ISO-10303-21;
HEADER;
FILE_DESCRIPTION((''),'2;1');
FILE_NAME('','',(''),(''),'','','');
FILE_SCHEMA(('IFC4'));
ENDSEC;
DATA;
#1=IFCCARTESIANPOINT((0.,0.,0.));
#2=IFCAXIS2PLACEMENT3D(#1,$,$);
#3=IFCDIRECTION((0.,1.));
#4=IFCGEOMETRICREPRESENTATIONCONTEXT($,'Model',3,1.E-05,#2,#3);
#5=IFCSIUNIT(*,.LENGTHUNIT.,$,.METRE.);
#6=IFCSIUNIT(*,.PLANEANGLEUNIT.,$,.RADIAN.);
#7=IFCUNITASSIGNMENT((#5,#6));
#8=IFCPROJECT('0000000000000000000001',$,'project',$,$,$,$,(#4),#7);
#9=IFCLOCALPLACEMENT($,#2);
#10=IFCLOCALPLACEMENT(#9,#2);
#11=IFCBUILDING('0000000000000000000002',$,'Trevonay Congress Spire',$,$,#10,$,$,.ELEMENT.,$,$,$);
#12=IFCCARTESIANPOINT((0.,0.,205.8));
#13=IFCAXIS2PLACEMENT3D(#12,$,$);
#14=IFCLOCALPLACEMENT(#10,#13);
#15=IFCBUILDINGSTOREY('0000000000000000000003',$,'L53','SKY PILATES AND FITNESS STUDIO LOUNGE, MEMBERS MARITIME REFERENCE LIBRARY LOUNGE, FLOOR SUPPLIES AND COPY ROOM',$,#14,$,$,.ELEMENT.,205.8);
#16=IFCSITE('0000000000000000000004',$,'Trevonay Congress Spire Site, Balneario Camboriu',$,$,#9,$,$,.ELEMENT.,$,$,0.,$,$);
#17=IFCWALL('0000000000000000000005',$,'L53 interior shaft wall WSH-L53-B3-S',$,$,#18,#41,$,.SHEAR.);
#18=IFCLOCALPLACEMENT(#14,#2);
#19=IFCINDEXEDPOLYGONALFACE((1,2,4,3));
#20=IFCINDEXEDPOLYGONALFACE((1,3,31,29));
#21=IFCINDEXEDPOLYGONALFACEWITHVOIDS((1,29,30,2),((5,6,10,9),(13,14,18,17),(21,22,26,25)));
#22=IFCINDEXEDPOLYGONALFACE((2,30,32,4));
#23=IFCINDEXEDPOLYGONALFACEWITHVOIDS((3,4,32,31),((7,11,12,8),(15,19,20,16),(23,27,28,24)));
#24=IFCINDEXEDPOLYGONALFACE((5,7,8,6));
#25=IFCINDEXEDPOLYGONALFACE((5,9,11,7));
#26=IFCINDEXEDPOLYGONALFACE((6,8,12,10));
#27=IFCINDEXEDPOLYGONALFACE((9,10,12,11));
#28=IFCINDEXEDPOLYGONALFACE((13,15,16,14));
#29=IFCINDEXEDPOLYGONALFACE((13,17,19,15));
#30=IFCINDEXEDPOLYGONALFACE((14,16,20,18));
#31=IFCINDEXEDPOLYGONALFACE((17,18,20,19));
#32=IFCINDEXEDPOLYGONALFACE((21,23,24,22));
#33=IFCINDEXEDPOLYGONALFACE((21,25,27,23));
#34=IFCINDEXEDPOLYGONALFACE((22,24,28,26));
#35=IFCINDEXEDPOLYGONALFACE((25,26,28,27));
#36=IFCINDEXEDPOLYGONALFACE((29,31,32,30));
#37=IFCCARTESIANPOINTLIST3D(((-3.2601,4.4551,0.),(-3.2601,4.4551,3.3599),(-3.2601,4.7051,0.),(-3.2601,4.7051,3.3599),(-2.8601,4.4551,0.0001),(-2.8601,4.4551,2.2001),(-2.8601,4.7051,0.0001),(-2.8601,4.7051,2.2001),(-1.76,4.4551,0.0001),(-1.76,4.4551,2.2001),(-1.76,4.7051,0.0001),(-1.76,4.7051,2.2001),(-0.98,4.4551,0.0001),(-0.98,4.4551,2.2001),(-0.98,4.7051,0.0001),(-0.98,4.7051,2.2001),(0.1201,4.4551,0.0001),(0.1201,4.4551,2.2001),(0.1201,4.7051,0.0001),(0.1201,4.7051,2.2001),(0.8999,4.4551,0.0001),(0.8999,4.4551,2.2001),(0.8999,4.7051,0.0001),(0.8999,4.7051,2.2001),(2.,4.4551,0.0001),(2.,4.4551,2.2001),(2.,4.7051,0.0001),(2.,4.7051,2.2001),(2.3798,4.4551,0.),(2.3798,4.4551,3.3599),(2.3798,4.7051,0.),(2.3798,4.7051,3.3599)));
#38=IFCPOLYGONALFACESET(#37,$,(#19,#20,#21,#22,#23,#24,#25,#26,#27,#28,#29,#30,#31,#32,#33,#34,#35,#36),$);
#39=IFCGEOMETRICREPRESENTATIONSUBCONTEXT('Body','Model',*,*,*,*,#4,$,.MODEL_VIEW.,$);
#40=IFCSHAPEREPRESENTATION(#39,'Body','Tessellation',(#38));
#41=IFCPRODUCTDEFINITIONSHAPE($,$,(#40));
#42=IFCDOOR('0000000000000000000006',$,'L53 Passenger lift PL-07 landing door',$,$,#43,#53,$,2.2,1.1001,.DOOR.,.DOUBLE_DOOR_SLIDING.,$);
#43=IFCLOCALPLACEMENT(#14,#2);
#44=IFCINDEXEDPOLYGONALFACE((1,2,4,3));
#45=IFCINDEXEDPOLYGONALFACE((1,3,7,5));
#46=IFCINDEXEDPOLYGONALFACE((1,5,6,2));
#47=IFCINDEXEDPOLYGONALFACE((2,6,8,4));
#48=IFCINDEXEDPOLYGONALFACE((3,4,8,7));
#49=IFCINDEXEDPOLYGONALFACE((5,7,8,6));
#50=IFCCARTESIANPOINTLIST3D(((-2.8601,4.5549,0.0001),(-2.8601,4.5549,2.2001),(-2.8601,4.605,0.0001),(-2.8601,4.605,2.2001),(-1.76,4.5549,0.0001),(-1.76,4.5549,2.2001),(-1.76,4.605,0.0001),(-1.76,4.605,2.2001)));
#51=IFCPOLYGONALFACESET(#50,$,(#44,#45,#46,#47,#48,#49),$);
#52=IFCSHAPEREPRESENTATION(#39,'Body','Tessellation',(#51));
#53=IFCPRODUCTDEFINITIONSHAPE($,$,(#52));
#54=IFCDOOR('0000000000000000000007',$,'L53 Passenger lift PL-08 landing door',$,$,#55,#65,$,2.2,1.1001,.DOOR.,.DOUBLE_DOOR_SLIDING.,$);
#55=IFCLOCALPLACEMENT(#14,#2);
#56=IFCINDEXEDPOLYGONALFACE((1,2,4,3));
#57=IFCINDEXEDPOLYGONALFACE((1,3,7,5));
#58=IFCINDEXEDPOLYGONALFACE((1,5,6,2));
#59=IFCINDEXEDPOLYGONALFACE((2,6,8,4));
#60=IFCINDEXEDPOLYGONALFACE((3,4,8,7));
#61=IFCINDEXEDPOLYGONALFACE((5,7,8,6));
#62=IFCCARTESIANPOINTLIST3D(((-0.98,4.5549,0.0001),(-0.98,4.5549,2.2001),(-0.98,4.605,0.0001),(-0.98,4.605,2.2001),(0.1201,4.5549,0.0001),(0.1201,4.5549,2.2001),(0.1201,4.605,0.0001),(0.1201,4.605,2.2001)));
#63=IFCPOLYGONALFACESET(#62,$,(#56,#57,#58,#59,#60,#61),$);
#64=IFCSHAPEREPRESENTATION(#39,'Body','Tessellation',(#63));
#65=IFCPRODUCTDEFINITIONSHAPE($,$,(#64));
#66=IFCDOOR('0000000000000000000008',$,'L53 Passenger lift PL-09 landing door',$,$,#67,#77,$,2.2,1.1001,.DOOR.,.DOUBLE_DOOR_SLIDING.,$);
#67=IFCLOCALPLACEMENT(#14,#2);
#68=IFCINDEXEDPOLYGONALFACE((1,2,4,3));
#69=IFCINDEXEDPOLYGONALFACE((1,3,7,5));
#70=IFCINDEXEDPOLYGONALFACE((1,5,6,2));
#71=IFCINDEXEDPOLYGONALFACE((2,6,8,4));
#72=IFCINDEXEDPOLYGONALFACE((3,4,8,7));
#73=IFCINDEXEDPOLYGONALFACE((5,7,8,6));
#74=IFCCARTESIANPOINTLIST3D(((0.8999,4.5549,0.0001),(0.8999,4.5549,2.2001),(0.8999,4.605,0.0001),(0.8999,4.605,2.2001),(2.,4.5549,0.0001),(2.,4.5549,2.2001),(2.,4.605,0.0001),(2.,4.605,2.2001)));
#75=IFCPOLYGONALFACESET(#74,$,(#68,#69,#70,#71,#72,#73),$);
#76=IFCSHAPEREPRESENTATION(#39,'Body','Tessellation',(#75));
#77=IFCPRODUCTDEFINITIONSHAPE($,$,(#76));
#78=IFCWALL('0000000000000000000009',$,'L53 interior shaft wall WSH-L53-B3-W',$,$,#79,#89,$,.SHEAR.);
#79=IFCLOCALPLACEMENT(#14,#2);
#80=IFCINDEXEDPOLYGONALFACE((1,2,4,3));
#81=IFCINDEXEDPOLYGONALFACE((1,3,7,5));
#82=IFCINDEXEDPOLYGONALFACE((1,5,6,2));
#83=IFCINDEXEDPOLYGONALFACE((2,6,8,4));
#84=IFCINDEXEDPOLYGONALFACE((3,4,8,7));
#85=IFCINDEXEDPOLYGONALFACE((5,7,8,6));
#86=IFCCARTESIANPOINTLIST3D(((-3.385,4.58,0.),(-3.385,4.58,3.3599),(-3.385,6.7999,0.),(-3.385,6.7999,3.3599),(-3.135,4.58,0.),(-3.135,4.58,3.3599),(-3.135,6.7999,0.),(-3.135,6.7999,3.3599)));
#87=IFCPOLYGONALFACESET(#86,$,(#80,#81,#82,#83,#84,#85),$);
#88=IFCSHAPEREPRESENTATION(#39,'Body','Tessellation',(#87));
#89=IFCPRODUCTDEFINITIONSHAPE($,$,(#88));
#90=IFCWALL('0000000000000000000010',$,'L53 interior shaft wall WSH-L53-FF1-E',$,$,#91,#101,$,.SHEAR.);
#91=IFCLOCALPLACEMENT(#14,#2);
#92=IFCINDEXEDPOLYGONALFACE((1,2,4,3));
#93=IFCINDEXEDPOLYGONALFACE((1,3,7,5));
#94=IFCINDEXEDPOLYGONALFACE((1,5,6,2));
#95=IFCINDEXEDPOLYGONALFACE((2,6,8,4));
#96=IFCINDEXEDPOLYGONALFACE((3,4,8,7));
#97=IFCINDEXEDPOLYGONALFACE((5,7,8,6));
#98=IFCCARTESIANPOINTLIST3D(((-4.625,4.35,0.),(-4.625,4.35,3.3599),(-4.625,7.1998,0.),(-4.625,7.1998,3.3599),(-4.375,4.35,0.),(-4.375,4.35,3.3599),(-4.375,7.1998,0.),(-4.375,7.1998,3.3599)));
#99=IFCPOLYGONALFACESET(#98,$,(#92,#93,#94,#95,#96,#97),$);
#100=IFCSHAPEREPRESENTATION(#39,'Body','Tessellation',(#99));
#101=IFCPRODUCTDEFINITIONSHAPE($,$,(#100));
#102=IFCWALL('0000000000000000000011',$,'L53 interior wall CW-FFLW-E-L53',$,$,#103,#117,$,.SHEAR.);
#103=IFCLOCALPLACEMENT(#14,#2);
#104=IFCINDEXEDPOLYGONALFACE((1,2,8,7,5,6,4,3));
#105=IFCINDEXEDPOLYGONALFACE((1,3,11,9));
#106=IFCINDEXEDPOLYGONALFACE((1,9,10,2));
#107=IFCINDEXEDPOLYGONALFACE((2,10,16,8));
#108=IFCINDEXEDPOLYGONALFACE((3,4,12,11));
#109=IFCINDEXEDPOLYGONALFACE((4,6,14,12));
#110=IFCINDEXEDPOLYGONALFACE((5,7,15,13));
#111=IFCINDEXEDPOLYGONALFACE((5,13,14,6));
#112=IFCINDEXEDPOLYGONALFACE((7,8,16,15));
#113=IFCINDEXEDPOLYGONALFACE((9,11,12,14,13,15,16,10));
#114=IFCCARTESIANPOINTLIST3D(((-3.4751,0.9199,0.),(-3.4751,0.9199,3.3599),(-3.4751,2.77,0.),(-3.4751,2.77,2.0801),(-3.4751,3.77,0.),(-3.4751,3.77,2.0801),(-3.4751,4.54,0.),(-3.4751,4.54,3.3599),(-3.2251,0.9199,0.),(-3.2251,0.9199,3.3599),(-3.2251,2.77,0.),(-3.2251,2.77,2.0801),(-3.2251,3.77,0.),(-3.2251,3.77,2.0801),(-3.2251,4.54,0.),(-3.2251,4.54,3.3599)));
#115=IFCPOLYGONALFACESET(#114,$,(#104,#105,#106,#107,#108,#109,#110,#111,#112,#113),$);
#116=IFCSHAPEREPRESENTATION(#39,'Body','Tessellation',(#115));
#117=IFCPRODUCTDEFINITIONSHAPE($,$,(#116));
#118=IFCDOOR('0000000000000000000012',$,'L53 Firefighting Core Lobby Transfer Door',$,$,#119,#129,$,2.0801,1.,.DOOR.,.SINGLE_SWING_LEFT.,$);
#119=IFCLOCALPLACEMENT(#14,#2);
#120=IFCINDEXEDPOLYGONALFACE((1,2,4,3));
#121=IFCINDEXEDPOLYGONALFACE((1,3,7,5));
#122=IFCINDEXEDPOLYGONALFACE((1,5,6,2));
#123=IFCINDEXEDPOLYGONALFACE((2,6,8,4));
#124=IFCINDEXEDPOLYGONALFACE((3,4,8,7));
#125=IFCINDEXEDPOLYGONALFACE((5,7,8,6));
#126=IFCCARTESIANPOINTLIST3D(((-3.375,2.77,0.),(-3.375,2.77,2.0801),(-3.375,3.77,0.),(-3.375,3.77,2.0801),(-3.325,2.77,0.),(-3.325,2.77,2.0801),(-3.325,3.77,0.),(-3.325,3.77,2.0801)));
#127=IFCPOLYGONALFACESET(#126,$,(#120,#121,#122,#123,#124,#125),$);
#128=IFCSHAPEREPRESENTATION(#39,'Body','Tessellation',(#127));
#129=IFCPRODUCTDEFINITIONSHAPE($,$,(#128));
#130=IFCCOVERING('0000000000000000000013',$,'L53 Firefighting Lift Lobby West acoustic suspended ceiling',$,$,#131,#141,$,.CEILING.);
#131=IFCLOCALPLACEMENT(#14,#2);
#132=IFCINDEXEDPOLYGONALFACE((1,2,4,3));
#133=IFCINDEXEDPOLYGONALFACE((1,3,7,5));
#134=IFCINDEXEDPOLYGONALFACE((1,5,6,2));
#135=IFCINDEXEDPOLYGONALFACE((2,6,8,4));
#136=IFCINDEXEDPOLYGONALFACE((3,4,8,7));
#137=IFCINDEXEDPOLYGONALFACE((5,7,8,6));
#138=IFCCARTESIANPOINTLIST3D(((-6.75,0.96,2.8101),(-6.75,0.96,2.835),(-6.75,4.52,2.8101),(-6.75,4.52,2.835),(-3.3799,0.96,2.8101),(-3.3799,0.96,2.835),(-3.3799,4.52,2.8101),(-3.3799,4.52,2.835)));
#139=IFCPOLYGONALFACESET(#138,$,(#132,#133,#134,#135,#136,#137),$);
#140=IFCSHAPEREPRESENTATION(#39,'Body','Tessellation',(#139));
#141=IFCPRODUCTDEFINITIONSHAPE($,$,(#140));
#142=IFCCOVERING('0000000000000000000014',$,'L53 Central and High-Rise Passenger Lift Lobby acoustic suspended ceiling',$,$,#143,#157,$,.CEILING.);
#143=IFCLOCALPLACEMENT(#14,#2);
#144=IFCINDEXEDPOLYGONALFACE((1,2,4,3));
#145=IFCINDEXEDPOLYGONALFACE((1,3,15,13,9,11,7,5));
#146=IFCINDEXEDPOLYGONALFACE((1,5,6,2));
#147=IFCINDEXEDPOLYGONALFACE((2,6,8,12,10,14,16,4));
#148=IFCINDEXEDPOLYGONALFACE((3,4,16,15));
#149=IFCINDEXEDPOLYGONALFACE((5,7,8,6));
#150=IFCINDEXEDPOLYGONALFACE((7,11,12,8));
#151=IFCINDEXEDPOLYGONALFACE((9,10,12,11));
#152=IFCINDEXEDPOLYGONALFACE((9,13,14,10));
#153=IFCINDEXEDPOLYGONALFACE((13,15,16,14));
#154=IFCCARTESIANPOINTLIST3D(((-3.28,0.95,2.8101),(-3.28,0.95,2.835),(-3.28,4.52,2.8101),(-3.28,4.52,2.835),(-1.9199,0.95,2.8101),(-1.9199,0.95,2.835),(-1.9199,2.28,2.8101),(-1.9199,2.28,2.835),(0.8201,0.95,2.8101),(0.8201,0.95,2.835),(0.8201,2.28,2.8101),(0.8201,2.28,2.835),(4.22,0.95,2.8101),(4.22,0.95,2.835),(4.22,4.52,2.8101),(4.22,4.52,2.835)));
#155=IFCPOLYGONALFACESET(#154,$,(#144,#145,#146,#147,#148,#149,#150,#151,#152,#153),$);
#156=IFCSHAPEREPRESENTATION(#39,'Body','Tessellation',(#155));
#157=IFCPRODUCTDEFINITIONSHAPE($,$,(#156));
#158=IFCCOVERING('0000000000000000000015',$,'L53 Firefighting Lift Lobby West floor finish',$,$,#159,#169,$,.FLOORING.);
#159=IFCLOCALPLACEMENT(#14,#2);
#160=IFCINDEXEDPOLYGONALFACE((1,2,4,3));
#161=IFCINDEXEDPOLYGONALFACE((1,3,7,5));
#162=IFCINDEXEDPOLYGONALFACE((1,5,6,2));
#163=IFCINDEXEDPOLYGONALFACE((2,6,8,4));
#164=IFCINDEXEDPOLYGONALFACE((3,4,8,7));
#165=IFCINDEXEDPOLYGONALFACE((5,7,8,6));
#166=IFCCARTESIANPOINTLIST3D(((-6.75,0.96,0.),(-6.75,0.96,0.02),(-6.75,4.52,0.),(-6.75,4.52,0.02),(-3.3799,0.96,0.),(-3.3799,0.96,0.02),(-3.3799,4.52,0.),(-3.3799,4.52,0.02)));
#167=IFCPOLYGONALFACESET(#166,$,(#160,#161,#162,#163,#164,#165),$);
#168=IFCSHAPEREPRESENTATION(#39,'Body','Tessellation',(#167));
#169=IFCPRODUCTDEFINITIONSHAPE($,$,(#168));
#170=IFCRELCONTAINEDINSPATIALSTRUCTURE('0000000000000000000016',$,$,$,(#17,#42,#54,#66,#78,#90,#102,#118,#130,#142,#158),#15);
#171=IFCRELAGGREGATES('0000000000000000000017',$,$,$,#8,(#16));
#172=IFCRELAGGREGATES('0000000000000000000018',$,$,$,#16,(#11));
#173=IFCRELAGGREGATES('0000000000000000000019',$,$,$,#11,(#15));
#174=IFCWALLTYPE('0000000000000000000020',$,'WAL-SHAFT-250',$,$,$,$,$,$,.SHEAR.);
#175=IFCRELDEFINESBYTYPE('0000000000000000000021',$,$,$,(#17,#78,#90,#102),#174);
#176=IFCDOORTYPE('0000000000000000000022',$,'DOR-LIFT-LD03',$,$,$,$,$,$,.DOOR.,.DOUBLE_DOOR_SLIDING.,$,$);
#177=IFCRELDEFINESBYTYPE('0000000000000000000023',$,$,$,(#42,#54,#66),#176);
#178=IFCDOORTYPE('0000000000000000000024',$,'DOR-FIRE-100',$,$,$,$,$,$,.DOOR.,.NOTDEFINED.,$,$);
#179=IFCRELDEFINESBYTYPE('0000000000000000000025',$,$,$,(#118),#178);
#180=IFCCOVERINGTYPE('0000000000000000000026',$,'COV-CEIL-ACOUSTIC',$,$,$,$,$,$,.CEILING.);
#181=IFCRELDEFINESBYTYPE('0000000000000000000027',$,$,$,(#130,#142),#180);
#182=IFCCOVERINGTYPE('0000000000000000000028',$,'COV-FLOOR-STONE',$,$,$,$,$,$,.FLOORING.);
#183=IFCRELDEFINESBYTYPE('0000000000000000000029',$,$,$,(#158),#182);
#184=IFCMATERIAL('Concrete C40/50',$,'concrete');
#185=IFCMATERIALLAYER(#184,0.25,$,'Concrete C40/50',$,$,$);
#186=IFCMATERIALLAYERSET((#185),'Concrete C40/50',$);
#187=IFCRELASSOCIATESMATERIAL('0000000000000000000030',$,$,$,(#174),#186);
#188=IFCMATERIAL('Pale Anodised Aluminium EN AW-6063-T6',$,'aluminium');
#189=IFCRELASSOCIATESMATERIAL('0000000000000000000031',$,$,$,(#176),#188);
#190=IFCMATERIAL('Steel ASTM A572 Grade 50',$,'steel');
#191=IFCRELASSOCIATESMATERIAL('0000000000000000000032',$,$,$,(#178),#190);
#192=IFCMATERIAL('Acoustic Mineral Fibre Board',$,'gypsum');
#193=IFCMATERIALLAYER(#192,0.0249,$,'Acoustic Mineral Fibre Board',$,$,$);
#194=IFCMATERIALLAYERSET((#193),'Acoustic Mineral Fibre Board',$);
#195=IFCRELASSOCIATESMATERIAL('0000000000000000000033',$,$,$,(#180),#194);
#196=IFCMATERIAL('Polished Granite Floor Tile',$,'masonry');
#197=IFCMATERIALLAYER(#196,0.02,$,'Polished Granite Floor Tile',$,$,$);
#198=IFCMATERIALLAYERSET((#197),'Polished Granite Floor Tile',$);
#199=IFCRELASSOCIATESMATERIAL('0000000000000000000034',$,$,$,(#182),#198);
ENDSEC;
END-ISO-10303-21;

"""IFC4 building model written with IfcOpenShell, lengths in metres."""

from ifc_helpers import new_model, si_unit, direction, frame, frame_2d, origin, place, context, subcontext, project, spatial, polyline, rectangle, outline, extrude, material, layer, layer_set, type_object, element, fill, save


model = new_model("IFC4")

# Units and contexts
model_context = context("Model", 3, precision=1e-05, world=origin(), true_north=direction((0.0, 1.0)))
body_context = subcontext(model_context, "Body", "Model", "MODEL_VIEW")
ifc_project = project(units=[si_unit("LENGTHUNIT", "METRE"), si_unit("PLANEANGLEUNIT", "RADIAN")], contexts=[model_context])

# Site, building, storey
site_placement = place(None, origin())
site = spatial("IfcSite", under=ifc_project, at=site_placement, Name="Trevonay Congress Spire Site, Balneario Camboriu", CompositionType="ELEMENT", RefElevation=0.0)
building_placement = place(site_placement, origin())
building = spatial("IfcBuilding", under=site, at=building_placement, Name="Trevonay Congress Spire", CompositionType="ELEMENT")
storey_placement = place(building_placement, frame((0.0, 0.0, 205.8)))
storey = spatial("IfcBuildingStorey", under=building, at=storey_placement, Name="L53", Description="SKY PILATES AND FITNESS STUDIO LOUNGE, MEMBERS MARITIME REFERENCE LIBRARY LOUNGE, FLOOR SUPPLIES AND COPY ROOM", CompositionType="ELEMENT", Elevation=205.8)

# Shared definitions
ifc_material_1 = material(Name="Steel ASTM A572 Grade 50", Category="steel")

# Shared definitions
ifc_material_2 = material(Name="Concrete C40/50", Category="concrete")

# Wall, openings, doors
ifc_layer_1 = layer(ifc_material_2, 0.25, Name="Concrete C40/50")
ifc_layer_set_1 = layer_set([ifc_layer_1], Name="Concrete C40/50")
wall_type_1 = type_object("IfcWallType", Name="WAL-SHAFT-250", PredefinedType="SHEAR", material=ifc_layer_set_1)
wall_1_placement = place(storey_placement, frame((-3.26, 4.5801, 0.0), z_axis=(0.0, 0.0, 1.0), x_axis=(1.0, 0.0, 0.0)))
wall_1 = element("IfcWall", 1, at=wall_1_placement, inside=storey, type_object=wall_type_1, Name="L53 interior shaft wall WSH-L53-B3-S", PredefinedType="SHEAR", context=body_context, shape_type="SweptSolid", body=[
    extrude(rectangle(XDim=5.6399, YDim=0.25, at=frame_2d((2.8198, 0.0))), origin(), (0.0, 0.0, 1.0), 3.3599),
])
opening_1_placement = place(wall_1_placement, frame((0.3999, 0.0, 0.0)))
opening_1 = element("IfcOpeningElement", 2, at=opening_1_placement, cuts=wall_1, PredefinedType="OPENING", context=body_context, shape_type="SweptSolid", body=[
    extrude(rectangle(XDim=1.1001, YDim=2.2, at=frame_2d((0.55, 1.1001))), frame((0.0, 0.135, 0.0), z_axis=(0.0, -1.0, 0.0), x_axis=(1.0, 0.0, 0.0)), (0.0, 0.0, 1.0), 0.27),
])
opening_2_placement = place(wall_1_placement, frame((2.28, 0.0, 0.0)))
opening_2 = element("IfcOpeningElement", 3, at=opening_2_placement, cuts=wall_1, PredefinedType="OPENING", context=body_context, shape_type="SweptSolid", body=[
    extrude(rectangle(XDim=1.1001, YDim=2.2, at=frame_2d((0.55, 1.1001))), frame((0.0, 0.135, 0.0), z_axis=(0.0, -1.0, 0.0), x_axis=(1.0, 0.0, 0.0)), (0.0, 0.0, 1.0), 0.27),
])
opening_3_placement = place(wall_1_placement, frame((4.1599, 0.0, 0.0)))
opening_3 = element("IfcOpeningElement", 4, at=opening_3_placement, cuts=wall_1, PredefinedType="OPENING", context=body_context, shape_type="SweptSolid", body=[
    extrude(rectangle(XDim=1.1001, YDim=2.2, at=frame_2d((0.55, 1.1001))), frame((0.0, 0.135, 0.0), z_axis=(0.0, -1.0, 0.0), x_axis=(1.0, 0.0, 0.0)), (0.0, 0.0, 1.0), 0.27),
])
ifc_material_3 = material(Name="Pale Anodised Aluminium EN AW-6063-T6", Category="aluminium")
door_type_1 = type_object("IfcDoorType", Name="DOR-LIFT-LD03", OperationType="DOUBLE_DOOR_SLIDING", PredefinedType="DOOR", material=ifc_material_3)
door_1_placement = place(opening_1_placement, origin())
door_1 = element("IfcDoor", 5, at=door_1_placement, inside=storey, type_object=door_type_1, Name="L53 Passenger lift PL-07 landing door", OperationType="DOUBLE_DOOR_SLIDING", OverallHeight=2.2, OverallWidth=1.1001, PredefinedType="DOOR", context=body_context, shape_type="SweptSolid", body=[
    extrude(rectangle(XDim=1.1001, YDim=2.2, at=frame_2d((0.55, 1.1001))), frame((0.0, 0.0249, 0.0), z_axis=(0.0, -1.0, 0.0), x_axis=(1.0, 0.0, 0.0)), (0.0, 0.0, 1.0), 0.05),
])
fill(opening_1, door_1)
door_2_placement = place(opening_2_placement, origin())
door_2 = element("IfcDoor", 6, at=door_2_placement, inside=storey, type_object=door_type_1, Name="L53 Passenger lift PL-08 landing door", OperationType="DOUBLE_DOOR_SLIDING", OverallHeight=2.2, OverallWidth=1.1001, PredefinedType="DOOR", context=body_context, shape_type="SweptSolid", body=[
    extrude(rectangle(XDim=1.1001, YDim=2.2, at=frame_2d((0.55, 1.1001))), frame((0.0, 0.0249, 0.0), z_axis=(0.0, -1.0, 0.0), x_axis=(1.0, 0.0, 0.0)), (0.0, 0.0, 1.0), 0.05),
])
fill(opening_2, door_2)
door_3_placement = place(opening_3_placement, origin())
door_3 = element("IfcDoor", 7, at=door_3_placement, inside=storey, type_object=door_type_1, Name="L53 Passenger lift PL-09 landing door", OperationType="DOUBLE_DOOR_SLIDING", OverallHeight=2.2, OverallWidth=1.1001, PredefinedType="DOOR", context=body_context, shape_type="SweptSolid", body=[
    extrude(rectangle(XDim=1.1001, YDim=2.2, at=frame_2d((0.55, 1.1001))), frame((0.0, 0.0249, 0.0), z_axis=(0.0, -1.0, 0.0), x_axis=(1.0, 0.0, 0.0)), (0.0, 0.0, 1.0), 0.05),
])
fill(opening_3, door_3)

# Walls
wall_2_placement = place(storey_placement, frame((-3.26, 4.5801, 0.0), z_axis=(0.0, 0.0, 1.0), x_axis=(0.0, 1.0, 0.0)))
element("IfcWall", 8, at=wall_2_placement, inside=storey, type_object=wall_type_1, Name="L53 interior shaft wall WSH-L53-B3-W", PredefinedType="SHEAR", context=body_context, shape_type="SweptSolid", body=[
    extrude(rectangle(XDim=2.22, YDim=0.25, at=frame_2d((1.1099, 0.0))), origin(), (0.0, 0.0, 1.0), 3.3599),
])
wall_3_placement = place(storey_placement, frame((-4.5, 4.3501, 0.0), z_axis=(0.0, 0.0, 1.0), x_axis=(0.0, 1.0, 0.0)))
element("IfcWall", 9, at=wall_3_placement, inside=storey, type_object=wall_type_1, Name="L53 interior shaft wall WSH-L53-FF1-E", PredefinedType="SHEAR", context=body_context, shape_type="SweptSolid", body=[
    extrude(rectangle(XDim=2.8499, YDim=0.25, at=frame_2d((1.4248, 0.0))), origin(), (0.0, 0.0, 1.0), 3.3599),
])

# Wall, opening, door
wall_4_placement = place(storey_placement, frame((-3.3501, 0.9199, 0.0), z_axis=(0.0, 0.0, 1.0), x_axis=(0.0, 1.0, 0.0)))
wall_4 = element("IfcWall", 10, at=wall_4_placement, inside=storey, type_object=wall_type_1, Name="L53 interior wall CW-FFLW-E-L53", PredefinedType="SHEAR", context=body_context, shape_type="SweptSolid", body=[
    extrude(rectangle(XDim=3.6201, YDim=0.25, at=frame_2d((1.8101, 0.0))), origin(), (0.0, 0.0, 1.0), 3.3599),
])
opening_4_placement = place(wall_4_placement, frame((1.8501, 0.0, 0.0)))
opening_4 = element("IfcOpeningElement", 11, at=opening_4_placement, cuts=wall_4, PredefinedType="OPENING", context=body_context, shape_type="SweptSolid", body=[
    extrude(rectangle(XDim=1.0, YDim=2.0801, at=frame_2d((0.5, 1.04))), frame((0.0, 0.135, 0.0), z_axis=(0.0, -1.0, 0.0), x_axis=(1.0, 0.0, 0.0)), (0.0, 0.0, 1.0), 0.27),
])
door_type_2 = type_object("IfcDoorType", Name="DOR-FIRE-100", OperationType="NOTDEFINED", PredefinedType="DOOR", material=ifc_material_1)
door_4_placement = place(opening_4_placement, origin())
door_4 = element("IfcDoor", 12, at=door_4_placement, inside=storey, type_object=door_type_2, Name="L53 Firefighting Core Lobby Transfer Door", OperationType="SINGLE_SWING_LEFT", OverallHeight=2.0801, OverallWidth=1.0, PredefinedType="DOOR", context=body_context, shape_type="SweptSolid", body=[
    extrude(rectangle(XDim=1.0, YDim=2.0801, at=frame_2d((0.5, 1.04))), frame((0.0, 0.0249, 0.0), z_axis=(0.0, -1.0, 0.0), x_axis=(1.0, 0.0, 0.0)), (0.0, 0.0, 1.0), 0.05),
])
fill(opening_4, door_4)

# Coverings
ifc_material_4 = material(Name="Acoustic Mineral Fibre Board", Category="gypsum")
ifc_layer_2 = layer(ifc_material_4, 0.0249, Name="Acoustic Mineral Fibre Board")
ifc_layer_set_2 = layer_set([ifc_layer_2], Name="Acoustic Mineral Fibre Board")
covering_type_1 = type_object("IfcCoveringType", Name="COV-CEIL-ACOUSTIC", PredefinedType="CEILING", material=ifc_layer_set_2)
covering_1_placement = place(storey_placement, frame((0.0, 0.0, 2.8101)))
element("IfcCovering", 13, at=covering_1_placement, inside=storey, type_object=covering_type_1, Name="L53 Firefighting Lift Lobby West acoustic suspended ceiling", PredefinedType="CEILING", context=body_context, shape_type="SweptSolid", body=[
    extrude(outline(polyline([(-6.75, 0.96), (-3.3799, 0.96), (-3.3799, 4.52), (-6.75, 4.52), (-6.75, 0.96)])), origin(), (0.0, 0.0, 1.0), 0.0249),
])
covering_2_placement = place(storey_placement, frame((0.0, 0.0, 2.8101)))
element("IfcCovering", 14, at=covering_2_placement, inside=storey, type_object=covering_type_1, Name="L53 Central and High-Rise Passenger Lift Lobby acoustic suspended ceiling", PredefinedType="CEILING", context=body_context, shape_type="SweptSolid", body=[
    extrude(outline(polyline([(-3.28, 0.95), (-1.9199, 0.95), (-1.9199, 2.28), (0.8201, 2.28), (0.8201, 0.95), (4.22, 0.95), (4.22, 4.52), (-3.28, 4.52), (-3.28, 0.95)])), origin(), (0.0, 0.0, 1.0), 0.0249),
])
ifc_material_5 = material(Name="Polished Granite Floor Tile", Category="masonry")
ifc_layer_3 = layer(ifc_material_5, 0.02, Name="Polished Granite Floor Tile")
ifc_layer_set_3 = layer_set([ifc_layer_3], Name="Polished Granite Floor Tile")
covering_type_2 = type_object("IfcCoveringType", Name="COV-FLOOR-STONE", PredefinedType="FLOORING", material=ifc_layer_set_3)
covering_3_placement = place(storey_placement, origin())
element("IfcCovering", 15, at=covering_3_placement, inside=storey, type_object=covering_type_2, Name="L53 Firefighting Lift Lobby West floor finish", PredefinedType="FLOORING", context=body_context, shape_type="SweptSolid", body=[
    extrude(outline(polyline([(-6.75, 0.96), (-3.3799, 0.96), (-3.3799, 4.52), (-6.75, 4.52), (-6.75, 0.96)])), origin(), (0.0, 0.0, 1.0), 0.02),
])

save(model, "model.ifc")
